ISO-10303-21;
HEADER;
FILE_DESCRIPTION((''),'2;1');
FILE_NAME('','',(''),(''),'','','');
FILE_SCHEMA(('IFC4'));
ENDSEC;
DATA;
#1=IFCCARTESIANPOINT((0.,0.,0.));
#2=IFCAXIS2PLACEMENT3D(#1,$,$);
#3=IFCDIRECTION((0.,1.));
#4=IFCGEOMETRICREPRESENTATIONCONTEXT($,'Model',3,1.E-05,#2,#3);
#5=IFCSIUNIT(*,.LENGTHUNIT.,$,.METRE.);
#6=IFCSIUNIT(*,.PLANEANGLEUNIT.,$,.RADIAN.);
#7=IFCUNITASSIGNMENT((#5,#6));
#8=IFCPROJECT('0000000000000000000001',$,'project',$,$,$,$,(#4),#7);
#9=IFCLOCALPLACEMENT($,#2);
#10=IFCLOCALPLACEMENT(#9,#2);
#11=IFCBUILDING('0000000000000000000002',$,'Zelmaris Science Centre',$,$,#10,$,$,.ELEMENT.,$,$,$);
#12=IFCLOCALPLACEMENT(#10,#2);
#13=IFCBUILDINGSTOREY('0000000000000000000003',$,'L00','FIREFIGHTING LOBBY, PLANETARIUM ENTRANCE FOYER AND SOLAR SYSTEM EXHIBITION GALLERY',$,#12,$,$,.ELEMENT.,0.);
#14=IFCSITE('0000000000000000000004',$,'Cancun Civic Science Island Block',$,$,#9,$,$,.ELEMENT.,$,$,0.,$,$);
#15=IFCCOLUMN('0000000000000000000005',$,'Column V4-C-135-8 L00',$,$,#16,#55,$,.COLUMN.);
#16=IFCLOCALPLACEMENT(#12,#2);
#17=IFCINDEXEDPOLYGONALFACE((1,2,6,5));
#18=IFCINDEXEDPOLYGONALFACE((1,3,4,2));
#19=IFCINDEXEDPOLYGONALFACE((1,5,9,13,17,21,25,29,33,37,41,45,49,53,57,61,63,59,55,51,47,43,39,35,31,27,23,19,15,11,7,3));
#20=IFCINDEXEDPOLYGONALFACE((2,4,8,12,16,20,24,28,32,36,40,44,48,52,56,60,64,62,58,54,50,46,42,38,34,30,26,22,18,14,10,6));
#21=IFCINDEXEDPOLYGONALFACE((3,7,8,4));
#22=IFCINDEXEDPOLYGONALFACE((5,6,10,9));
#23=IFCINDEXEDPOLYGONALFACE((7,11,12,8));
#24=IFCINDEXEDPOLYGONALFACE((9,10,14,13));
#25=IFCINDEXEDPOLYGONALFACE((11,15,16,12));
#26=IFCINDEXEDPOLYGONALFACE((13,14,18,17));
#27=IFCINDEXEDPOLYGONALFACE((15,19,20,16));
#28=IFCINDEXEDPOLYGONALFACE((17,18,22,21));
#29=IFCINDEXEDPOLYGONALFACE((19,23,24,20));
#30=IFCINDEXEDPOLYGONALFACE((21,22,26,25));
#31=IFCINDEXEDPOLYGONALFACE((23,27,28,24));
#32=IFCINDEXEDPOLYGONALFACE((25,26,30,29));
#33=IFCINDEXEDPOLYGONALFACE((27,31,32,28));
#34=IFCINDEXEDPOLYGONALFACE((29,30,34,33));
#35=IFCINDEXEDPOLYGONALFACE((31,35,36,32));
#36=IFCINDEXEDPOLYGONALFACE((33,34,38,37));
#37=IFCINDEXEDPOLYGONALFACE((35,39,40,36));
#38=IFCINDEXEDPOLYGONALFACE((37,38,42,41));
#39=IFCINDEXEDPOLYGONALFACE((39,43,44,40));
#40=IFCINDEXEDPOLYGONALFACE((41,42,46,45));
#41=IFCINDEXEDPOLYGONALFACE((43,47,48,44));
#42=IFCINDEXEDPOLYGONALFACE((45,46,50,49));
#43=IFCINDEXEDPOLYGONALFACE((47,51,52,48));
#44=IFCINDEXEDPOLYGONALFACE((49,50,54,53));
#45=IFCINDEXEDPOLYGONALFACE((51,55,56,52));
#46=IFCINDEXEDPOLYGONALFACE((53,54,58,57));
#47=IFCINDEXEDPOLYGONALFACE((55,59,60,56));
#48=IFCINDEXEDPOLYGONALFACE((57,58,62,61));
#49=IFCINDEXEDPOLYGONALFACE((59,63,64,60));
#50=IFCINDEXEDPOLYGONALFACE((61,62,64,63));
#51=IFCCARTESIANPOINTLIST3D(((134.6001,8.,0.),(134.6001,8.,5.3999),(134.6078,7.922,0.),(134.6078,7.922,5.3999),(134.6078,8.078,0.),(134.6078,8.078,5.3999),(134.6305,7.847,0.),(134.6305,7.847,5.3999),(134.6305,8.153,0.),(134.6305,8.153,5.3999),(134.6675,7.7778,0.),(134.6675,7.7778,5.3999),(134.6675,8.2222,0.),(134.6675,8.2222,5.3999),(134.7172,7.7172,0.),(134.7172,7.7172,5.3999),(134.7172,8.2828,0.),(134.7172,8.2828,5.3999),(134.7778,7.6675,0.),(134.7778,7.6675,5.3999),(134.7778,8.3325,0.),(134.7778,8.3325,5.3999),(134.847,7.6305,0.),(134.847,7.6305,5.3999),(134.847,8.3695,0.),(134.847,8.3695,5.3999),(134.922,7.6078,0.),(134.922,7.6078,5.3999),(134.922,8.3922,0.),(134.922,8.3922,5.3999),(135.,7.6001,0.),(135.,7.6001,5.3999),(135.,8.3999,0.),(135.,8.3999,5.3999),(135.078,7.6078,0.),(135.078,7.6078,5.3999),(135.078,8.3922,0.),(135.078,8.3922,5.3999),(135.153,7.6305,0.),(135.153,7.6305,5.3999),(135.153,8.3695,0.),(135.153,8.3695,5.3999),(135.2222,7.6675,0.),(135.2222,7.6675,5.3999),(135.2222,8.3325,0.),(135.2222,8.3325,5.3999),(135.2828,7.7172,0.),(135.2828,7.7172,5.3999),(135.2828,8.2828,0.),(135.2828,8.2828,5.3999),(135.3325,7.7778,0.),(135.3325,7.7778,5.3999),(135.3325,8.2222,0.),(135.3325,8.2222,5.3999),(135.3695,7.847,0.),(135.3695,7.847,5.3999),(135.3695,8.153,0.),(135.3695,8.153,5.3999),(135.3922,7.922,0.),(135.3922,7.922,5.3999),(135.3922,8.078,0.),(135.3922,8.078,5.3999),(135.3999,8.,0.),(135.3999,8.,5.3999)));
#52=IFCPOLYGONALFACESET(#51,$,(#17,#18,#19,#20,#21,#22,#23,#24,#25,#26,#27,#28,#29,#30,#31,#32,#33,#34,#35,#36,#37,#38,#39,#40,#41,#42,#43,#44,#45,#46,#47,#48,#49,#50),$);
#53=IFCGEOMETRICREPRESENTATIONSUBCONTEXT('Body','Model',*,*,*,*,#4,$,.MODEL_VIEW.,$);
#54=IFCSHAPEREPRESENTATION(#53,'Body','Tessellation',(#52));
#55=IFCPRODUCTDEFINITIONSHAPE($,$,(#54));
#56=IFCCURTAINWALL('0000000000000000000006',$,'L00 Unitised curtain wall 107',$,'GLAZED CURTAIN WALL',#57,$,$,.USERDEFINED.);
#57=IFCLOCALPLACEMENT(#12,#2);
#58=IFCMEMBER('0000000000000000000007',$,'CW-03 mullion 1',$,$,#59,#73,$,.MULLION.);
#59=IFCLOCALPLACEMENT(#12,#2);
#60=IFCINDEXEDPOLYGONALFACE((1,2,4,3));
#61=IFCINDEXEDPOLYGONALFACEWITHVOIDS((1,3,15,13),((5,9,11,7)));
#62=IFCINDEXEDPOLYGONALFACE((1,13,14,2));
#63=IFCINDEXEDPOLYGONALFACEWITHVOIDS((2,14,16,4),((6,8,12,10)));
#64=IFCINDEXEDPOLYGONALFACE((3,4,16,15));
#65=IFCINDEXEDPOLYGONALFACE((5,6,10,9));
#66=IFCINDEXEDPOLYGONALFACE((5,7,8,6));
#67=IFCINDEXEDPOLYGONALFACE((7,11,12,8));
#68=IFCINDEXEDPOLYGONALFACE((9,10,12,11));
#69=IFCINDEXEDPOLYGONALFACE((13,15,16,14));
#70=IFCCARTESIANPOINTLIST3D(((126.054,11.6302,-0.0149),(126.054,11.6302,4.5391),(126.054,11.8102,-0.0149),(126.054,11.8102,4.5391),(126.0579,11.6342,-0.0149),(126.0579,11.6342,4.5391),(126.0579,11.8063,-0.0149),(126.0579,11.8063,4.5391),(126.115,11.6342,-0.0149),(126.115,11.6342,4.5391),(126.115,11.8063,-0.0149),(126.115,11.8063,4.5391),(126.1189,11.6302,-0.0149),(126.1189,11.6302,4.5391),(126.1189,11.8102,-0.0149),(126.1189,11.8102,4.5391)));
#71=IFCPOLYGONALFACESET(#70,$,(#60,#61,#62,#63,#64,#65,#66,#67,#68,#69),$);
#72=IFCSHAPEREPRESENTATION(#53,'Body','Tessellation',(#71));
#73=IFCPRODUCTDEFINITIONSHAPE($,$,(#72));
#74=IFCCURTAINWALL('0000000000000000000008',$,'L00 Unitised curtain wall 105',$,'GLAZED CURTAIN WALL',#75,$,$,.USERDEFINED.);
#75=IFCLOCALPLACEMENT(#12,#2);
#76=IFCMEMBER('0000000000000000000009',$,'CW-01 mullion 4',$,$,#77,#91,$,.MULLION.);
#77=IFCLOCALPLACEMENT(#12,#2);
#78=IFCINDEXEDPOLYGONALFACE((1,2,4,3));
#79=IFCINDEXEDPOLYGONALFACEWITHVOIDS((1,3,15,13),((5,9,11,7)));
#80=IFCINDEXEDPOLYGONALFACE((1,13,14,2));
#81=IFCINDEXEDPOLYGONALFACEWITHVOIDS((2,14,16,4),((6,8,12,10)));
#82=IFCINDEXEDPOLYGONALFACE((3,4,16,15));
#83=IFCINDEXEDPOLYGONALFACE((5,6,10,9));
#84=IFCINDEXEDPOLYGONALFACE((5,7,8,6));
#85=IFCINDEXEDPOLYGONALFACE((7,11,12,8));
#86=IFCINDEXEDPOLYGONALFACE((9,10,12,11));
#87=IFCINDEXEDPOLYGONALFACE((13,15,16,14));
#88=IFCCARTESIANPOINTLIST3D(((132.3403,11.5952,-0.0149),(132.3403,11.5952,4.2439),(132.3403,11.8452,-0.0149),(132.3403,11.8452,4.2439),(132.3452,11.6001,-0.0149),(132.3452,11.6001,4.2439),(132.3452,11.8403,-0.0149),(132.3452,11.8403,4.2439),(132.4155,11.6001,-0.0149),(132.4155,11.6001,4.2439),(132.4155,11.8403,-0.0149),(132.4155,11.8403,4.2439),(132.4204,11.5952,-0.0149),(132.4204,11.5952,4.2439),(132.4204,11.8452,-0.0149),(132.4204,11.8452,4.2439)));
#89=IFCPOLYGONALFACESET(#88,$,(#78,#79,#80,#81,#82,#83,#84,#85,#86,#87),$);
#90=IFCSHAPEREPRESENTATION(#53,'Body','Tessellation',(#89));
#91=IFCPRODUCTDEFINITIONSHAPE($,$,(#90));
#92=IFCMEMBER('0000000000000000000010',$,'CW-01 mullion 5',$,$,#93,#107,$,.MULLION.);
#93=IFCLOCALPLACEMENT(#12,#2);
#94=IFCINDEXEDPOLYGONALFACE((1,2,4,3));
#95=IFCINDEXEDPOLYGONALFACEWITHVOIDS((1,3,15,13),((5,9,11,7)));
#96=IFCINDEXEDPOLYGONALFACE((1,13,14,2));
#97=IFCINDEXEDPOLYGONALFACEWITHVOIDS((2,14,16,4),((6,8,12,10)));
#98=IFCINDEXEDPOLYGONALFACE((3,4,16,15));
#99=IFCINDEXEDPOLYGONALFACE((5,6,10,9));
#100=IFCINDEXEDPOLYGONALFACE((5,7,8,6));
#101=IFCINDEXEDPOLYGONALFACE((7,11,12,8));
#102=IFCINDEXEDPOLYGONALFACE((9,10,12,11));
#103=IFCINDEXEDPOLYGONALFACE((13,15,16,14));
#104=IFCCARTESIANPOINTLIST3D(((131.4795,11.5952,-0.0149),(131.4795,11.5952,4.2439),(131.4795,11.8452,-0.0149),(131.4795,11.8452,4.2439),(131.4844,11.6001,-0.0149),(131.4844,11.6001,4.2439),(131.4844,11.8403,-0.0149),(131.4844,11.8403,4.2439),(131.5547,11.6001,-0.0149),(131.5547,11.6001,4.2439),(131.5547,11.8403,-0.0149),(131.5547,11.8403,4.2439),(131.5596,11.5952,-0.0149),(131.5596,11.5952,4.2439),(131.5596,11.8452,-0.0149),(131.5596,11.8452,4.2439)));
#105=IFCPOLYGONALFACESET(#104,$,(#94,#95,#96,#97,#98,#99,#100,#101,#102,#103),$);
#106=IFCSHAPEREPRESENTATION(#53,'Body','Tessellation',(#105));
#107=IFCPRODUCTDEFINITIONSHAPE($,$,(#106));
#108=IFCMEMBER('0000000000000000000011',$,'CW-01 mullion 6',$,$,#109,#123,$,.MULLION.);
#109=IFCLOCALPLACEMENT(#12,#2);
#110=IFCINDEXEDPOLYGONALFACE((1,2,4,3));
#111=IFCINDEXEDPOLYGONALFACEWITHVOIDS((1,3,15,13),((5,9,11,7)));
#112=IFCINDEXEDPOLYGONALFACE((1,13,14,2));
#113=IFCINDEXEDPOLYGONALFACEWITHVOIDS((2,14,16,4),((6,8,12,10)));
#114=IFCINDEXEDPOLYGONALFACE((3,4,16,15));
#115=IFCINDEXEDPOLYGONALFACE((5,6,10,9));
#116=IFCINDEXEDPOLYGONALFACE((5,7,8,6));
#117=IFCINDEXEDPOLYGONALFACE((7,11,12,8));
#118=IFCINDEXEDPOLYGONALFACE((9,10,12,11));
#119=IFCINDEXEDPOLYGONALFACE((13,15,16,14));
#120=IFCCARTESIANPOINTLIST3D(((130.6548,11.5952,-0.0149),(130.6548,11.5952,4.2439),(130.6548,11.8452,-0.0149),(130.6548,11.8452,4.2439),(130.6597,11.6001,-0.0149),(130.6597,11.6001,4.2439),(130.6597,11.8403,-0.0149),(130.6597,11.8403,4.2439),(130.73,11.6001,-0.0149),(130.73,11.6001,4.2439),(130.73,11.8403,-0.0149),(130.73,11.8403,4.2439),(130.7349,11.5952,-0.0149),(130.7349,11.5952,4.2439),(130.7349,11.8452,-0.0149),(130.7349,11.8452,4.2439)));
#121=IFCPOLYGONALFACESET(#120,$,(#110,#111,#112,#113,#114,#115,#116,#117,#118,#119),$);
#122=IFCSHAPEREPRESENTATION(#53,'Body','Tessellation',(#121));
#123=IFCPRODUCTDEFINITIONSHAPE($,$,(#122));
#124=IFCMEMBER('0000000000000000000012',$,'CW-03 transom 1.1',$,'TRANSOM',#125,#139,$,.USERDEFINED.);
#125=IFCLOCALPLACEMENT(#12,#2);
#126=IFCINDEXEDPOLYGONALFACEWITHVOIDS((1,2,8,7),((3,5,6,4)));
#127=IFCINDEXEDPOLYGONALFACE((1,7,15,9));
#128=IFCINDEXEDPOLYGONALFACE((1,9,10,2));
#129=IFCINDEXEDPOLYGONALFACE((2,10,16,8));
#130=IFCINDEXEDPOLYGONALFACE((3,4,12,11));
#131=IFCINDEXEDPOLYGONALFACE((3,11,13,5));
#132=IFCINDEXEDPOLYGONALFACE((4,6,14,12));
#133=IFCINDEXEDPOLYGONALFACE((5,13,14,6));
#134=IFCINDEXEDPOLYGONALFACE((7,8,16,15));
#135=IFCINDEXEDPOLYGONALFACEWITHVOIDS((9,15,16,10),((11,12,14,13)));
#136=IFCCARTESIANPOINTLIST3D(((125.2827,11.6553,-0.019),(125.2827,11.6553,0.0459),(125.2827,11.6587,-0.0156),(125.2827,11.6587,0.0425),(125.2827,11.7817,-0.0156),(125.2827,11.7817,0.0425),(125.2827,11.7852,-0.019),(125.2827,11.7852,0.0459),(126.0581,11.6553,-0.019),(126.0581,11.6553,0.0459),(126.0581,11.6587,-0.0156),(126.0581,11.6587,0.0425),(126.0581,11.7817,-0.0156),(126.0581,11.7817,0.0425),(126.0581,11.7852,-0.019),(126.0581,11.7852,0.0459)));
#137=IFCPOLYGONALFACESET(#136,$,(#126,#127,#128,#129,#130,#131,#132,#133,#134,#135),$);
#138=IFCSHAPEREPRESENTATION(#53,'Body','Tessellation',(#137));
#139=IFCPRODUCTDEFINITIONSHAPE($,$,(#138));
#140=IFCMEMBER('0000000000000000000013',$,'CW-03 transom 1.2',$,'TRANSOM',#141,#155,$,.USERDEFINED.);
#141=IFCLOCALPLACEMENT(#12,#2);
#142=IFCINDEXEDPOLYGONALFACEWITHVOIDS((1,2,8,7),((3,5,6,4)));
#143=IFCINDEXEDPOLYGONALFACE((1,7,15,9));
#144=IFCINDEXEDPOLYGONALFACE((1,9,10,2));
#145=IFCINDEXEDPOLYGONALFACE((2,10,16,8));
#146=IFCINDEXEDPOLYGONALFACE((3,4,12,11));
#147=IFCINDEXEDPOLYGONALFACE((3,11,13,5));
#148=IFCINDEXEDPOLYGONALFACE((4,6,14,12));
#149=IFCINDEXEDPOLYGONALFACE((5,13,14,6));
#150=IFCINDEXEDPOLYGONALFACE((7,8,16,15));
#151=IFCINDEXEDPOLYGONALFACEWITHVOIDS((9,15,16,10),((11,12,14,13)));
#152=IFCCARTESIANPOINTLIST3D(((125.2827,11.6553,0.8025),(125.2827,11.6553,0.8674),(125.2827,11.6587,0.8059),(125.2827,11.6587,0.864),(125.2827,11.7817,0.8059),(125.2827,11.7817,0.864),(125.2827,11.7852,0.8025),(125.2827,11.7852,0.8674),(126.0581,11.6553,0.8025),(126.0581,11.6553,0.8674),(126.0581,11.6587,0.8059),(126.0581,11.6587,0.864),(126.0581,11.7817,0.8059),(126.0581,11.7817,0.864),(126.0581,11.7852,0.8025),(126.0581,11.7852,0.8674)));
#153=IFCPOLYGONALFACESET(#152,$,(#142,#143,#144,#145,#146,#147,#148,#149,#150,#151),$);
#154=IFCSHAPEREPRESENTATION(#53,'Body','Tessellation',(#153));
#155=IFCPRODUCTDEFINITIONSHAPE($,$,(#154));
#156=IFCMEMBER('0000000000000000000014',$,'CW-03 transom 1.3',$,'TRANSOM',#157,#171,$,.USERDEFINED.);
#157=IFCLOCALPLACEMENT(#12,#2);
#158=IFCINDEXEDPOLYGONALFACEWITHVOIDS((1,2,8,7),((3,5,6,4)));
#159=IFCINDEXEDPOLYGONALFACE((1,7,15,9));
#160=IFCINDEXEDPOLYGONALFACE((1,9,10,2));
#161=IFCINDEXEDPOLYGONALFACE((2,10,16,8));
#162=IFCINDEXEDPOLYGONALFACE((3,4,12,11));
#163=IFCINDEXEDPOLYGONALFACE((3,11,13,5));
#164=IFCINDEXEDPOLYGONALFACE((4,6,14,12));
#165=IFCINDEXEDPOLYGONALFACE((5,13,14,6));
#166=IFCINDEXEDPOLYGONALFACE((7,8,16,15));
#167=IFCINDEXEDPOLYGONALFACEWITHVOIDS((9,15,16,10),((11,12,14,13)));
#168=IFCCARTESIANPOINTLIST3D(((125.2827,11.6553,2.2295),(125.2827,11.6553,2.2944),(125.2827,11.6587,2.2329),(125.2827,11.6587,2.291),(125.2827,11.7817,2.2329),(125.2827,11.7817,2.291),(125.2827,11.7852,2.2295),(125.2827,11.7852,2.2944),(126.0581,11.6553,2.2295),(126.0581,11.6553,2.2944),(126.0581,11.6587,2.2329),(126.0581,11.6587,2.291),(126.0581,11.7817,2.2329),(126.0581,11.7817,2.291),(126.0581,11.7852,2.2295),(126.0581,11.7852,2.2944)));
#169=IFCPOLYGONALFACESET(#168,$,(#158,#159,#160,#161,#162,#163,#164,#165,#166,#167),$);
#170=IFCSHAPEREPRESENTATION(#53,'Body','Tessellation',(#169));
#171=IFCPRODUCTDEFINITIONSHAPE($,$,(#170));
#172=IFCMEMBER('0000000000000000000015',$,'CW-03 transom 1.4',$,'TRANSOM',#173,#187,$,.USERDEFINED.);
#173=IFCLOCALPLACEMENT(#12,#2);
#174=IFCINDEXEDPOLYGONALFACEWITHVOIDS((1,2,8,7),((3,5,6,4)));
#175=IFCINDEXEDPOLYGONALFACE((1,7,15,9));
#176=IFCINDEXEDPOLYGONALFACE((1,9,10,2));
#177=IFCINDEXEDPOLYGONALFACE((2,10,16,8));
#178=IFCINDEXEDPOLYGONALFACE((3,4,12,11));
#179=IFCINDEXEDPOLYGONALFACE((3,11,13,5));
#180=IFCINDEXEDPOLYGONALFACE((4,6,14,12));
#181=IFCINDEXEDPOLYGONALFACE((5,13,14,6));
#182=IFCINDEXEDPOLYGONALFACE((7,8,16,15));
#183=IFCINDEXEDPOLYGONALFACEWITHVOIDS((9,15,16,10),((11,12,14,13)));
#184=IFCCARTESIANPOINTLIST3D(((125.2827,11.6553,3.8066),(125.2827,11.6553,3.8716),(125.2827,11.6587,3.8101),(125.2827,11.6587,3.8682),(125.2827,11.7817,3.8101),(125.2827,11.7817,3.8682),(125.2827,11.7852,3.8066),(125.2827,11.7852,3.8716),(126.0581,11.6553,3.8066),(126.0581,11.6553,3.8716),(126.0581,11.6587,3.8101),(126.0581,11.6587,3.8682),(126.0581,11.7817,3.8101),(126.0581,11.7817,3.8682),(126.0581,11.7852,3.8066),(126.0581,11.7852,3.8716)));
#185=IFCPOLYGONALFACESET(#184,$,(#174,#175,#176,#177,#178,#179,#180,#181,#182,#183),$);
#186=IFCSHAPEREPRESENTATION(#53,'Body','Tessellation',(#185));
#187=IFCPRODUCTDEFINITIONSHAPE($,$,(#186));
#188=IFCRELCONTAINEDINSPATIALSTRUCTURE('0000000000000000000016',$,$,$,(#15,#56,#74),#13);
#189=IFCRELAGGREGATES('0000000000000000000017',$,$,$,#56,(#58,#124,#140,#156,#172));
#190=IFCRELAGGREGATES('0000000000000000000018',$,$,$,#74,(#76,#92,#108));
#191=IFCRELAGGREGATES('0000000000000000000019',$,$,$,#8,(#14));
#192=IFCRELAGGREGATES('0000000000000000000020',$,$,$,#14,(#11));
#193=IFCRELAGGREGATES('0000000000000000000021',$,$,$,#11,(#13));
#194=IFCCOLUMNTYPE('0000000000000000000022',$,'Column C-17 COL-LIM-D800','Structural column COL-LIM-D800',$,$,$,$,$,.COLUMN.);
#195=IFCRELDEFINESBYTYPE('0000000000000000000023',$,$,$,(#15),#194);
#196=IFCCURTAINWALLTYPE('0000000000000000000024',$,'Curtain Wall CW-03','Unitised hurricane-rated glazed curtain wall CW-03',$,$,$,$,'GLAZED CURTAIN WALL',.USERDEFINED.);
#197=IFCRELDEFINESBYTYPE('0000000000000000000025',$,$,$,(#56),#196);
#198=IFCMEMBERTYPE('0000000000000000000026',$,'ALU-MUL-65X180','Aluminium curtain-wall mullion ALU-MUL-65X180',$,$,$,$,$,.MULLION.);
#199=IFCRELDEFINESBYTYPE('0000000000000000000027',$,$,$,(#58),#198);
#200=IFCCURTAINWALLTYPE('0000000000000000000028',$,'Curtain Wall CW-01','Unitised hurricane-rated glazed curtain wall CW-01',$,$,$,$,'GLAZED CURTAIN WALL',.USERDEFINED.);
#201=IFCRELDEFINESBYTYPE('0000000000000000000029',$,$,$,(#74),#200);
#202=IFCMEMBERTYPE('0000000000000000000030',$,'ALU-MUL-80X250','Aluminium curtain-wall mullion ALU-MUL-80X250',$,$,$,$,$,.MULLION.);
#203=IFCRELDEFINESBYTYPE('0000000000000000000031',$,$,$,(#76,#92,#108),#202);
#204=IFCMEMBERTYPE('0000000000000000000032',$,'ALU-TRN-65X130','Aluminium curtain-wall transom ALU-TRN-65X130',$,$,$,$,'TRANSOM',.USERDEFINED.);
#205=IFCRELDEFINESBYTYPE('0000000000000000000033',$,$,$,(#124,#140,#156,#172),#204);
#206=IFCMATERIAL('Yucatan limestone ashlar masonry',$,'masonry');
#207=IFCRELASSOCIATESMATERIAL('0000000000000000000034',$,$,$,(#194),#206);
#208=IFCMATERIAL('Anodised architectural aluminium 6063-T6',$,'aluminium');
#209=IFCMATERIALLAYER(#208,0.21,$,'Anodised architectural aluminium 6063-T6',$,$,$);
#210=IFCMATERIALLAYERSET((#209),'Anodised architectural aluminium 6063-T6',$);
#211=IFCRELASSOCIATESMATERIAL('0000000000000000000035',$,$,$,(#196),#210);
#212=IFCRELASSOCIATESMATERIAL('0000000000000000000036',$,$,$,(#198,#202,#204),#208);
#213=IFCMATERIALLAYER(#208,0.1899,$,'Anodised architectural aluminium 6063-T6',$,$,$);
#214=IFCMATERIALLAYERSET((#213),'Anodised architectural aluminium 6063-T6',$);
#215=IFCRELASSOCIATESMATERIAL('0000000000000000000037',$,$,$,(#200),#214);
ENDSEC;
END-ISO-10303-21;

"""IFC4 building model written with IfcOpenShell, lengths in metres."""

from ifc_helpers import new_model, si_unit, direction, frame, origin, origin_2d, place, context, subcontext, project, spatial, hollow_rectangle, circle, extrude, material, layer, layer_set, material_profile, profile_set, type_object, element, aggregate, save


model = new_model("IFC4")

# Units and contexts
model_context = context("Model", 3, precision=1e-05, world=origin(), true_north=direction((0.0, 1.0)))
body_context = subcontext(model_context, "Body", "Model", "MODEL_VIEW")
ifc_project = project(units=[si_unit("LENGTHUNIT", "METRE"), si_unit("PLANEANGLEUNIT", "RADIAN")], contexts=[model_context])

# Site, building, storey
site_placement = place(None, origin())
site = spatial("IfcSite", under=ifc_project, at=site_placement, Name="Cancun Civic Science Island Block", CompositionType="ELEMENT", RefElevation=0.0)
building_placement = place(site_placement, origin())
building = spatial("IfcBuilding", under=site, at=building_placement, Name="Zelmaris Science Centre", CompositionType="ELEMENT")
storey_placement = place(building_placement, origin())
storey = spatial("IfcBuildingStorey", under=building, at=storey_placement, Name="L00", Description="FIREFIGHTING LOBBY, PLANETARIUM ENTRANCE FOYER AND SOLAR SYSTEM EXHIBITION GALLERY", CompositionType="ELEMENT", Elevation=0.0)

# Column
ifc_material_1 = material(Name="Yucatan limestone ashlar masonry", Category="masonry")
ifc_material_profile_1 = material_profile(ifc_material_1, circle(Radius=0.3999, at=origin_2d()), Name="COL-LIM-D800")
ifc_profile_set_1 = profile_set([ifc_material_profile_1], Name="Yucatan limestone ashlar masonry")
column_type = type_object("IfcColumnType", Name="Column C-17 COL-LIM-D800", Description="Structural column COL-LIM-D800", PredefinedType="COLUMN", material=ifc_profile_set_1)
column_placement = place(storey_placement, frame((135.0, 8.0, 0.0), z_axis=(0.0, 0.0, 1.0), x_axis=(1.0, 0.0, 0.0)))
element("IfcColumn", 1, at=column_placement, inside=storey, type_object=column_type, Name="Column V4-C-135-8 L00", PredefinedType="COLUMN", context=body_context, shape_type="SweptSolid", body=[
    extrude(circle(Radius=0.3999, at=origin_2d()), origin(), (0.0, 0.0, 1.0), 5.3999),
])

# Curtain wall, member
ifc_material_2 = material(Name="Anodised architectural aluminium 6063-T6", Category="aluminium")
ifc_layer_1 = layer(ifc_material_2, 0.21, Name="Anodised architectural aluminium 6063-T6")
ifc_layer_set_1 = layer_set([ifc_layer_1], Name="Anodised architectural aluminium 6063-T6")
curtain_wall_type_1 = type_object("IfcCurtainWallType", Name="Curtain Wall CW-03", Description="Unitised hurricane-rated glazed curtain wall CW-03", ElementType="GLAZED CURTAIN WALL", PredefinedType="USERDEFINED", material=ifc_layer_set_1)
curtain_wall_1_placement = place(storey_placement, origin())
curtain_wall_1 = element("IfcCurtainWall", 2, at=curtain_wall_1_placement, inside=storey, type_object=curtain_wall_type_1, Name="L00 Unitised curtain wall 107", ObjectType="GLAZED CURTAIN WALL", PredefinedType="USERDEFINED")
ifc_material_profile_2 = material_profile(ifc_material_2, hollow_rectangle(XDim=0.0649, YDim=0.1799, WallThickness=0.0039, at=origin_2d()), Name="ALU-MUL-65X180")
ifc_profile_set_2 = profile_set([ifc_material_profile_2], Name="Anodised architectural aluminium 6063-T6")
member_type_1 = type_object("IfcMemberType", Name="ALU-MUL-65X180", Description="Aluminium curtain-wall mullion ALU-MUL-65X180", PredefinedType="MULLION", material=ifc_profile_set_2)
member_1_placement = place(storey_placement, frame((126.0864, 11.7202, -0.0149), z_axis=(0.0, 0.0, 1.0), x_axis=(-1.0, 0.0, 0.0)))
member_1 = element("IfcMember", 3, at=member_1_placement, type_object=member_type_1, Name="CW-03 mullion 1", PredefinedType="MULLION", context=body_context, shape_type="SweptSolid", body=[
    extrude(hollow_rectangle(XDim=0.0649, YDim=0.1799, WallThickness=0.0039, at=origin_2d()), origin(), (0.0, 0.0, 1.0), 4.554),
])

# Curtain wall, members
ifc_layer_2 = layer(ifc_material_2, 0.1899, Name="Anodised architectural aluminium 6063-T6")
ifc_layer_set_2 = layer_set([ifc_layer_2], Name="Anodised architectural aluminium 6063-T6")
curtain_wall_type_2 = type_object("IfcCurtainWallType", Name="Curtain Wall CW-01", Description="Unitised hurricane-rated glazed curtain wall CW-01", ElementType="GLAZED CURTAIN WALL", PredefinedType="USERDEFINED", material=ifc_layer_set_2)
curtain_wall_2_placement = place(storey_placement, origin())
curtain_wall_2 = element("IfcCurtainWall", 4, at=curtain_wall_2_placement, inside=storey, type_object=curtain_wall_type_2, Name="L00 Unitised curtain wall 105", ObjectType="GLAZED CURTAIN WALL", PredefinedType="USERDEFINED")
ifc_material_profile_3 = material_profile(ifc_material_2, hollow_rectangle(XDim=0.0801, YDim=0.25, WallThickness=0.0049, at=origin_2d()), Name="ALU-MUL-80X250")
ifc_profile_set_3 = profile_set([ifc_material_profile_3], Name="Anodised architectural aluminium 6063-T6")
member_type_2 = type_object("IfcMemberType", Name="ALU-MUL-80X250", Description="Aluminium curtain-wall mullion ALU-MUL-80X250", PredefinedType="MULLION", material=ifc_profile_set_3)
member_2_placement = place(storey_placement, frame((132.3804, 11.7202, -0.0149), z_axis=(0.0, 0.0, 1.0), x_axis=(-1.0, 0.0, 0.0)))
member_2 = element("IfcMember", 5, at=member_2_placement, type_object=member_type_2, Name="CW-01 mullion 4", PredefinedType="MULLION", context=body_context, shape_type="SweptSolid", body=[
    extrude(hollow_rectangle(XDim=0.0801, YDim=0.25, WallThickness=0.0049, at=origin_2d()), origin(), (0.0, 0.0, 1.0), 4.2588),
])
member_3_placement = place(storey_placement, frame((131.5195, 11.7202, -0.0149), z_axis=(0.0, 0.0, 1.0), x_axis=(-1.0, 0.0, 0.0)))
member_3 = element("IfcMember", 6, at=member_3_placement, type_object=member_type_2, Name="CW-01 mullion 5", PredefinedType="MULLION", context=body_context, shape_type="SweptSolid", body=[
    extrude(hollow_rectangle(XDim=0.0801, YDim=0.25, WallThickness=0.0049, at=origin_2d()), origin(), (0.0, 0.0, 1.0), 4.2588),
])
member_4_placement = place(storey_placement, frame((130.6948, 11.7202, -0.0149), z_axis=(0.0, 0.0, 1.0), x_axis=(-1.0, 0.0, 0.0)))
member_4 = element("IfcMember", 7, at=member_4_placement, type_object=member_type_2, Name="CW-01 mullion 6", PredefinedType="MULLION", context=body_context, shape_type="SweptSolid", body=[
    extrude(hollow_rectangle(XDim=0.0801, YDim=0.25, WallThickness=0.0049, at=origin_2d()), origin(), (0.0, 0.0, 1.0), 4.2588),
])

# Members
ifc_material_profile_4 = material_profile(ifc_material_2, hollow_rectangle(XDim=0.0649, YDim=0.1299, WallThickness=0.0034, at=origin_2d()), Name="ALU-TRN-65X130")
ifc_profile_set_4 = profile_set([ifc_material_profile_4], Name="Anodised architectural aluminium 6063-T6")
member_type_3 = type_object("IfcMemberType", Name="ALU-TRN-65X130", Description="Aluminium curtain-wall transom ALU-TRN-65X130", ElementType="TRANSOM", PredefinedType="USERDEFINED", material=ifc_profile_set_4)
member_5_placement = place(storey_placement, frame((126.0581, 11.7202, 0.0134), z_axis=(-1.0, 0.0, 0.0), x_axis=(0.0, 0.0, 1.0)))
member_5 = element("IfcMember", 8, at=member_5_placement, type_object=member_type_3, Name="CW-03 transom 1.1", ObjectType="TRANSOM", PredefinedType="USERDEFINED", context=body_context, shape_type="SweptSolid", body=[
    extrude(hollow_rectangle(XDim=0.0649, YDim=0.1299, WallThickness=0.0034, at=origin_2d()), origin(), (0.0, 0.0, 1.0), 0.7754),
])
member_6_placement = place(storey_placement, frame((126.0581, 11.7202, 0.835), z_axis=(-1.0, 0.0, 0.0), x_axis=(0.0, 0.0, 1.0)))
member_6 = element("IfcMember", 9, at=member_6_placement, type_object=member_type_3, Name="CW-03 transom 1.2", ObjectType="TRANSOM", PredefinedType="USERDEFINED", context=body_context, shape_type="SweptSolid", body=[
    extrude(hollow_rectangle(XDim=0.0649, YDim=0.1299, WallThickness=0.0034, at=origin_2d()), origin(), (0.0, 0.0, 1.0), 0.7754),
])
member_7_placement = place(storey_placement, frame((126.0581, 11.7202, 2.262), z_axis=(-1.0, 0.0, 0.0), x_axis=(0.0, 0.0, 1.0)))
member_7 = element("IfcMember", 10, at=member_7_placement, type_object=member_type_3, Name="CW-03 transom 1.3", ObjectType="TRANSOM", PredefinedType="USERDEFINED", context=body_context, shape_type="SweptSolid", body=[
    extrude(hollow_rectangle(XDim=0.0649, YDim=0.1299, WallThickness=0.0034, at=origin_2d()), origin(), (0.0, 0.0, 1.0), 0.7754),
])
member_8_placement = place(storey_placement, frame((126.0581, 11.7202, 3.8391), z_axis=(-1.0, 0.0, 0.0), x_axis=(0.0, 0.0, 1.0)))
member_8 = element("IfcMember", 11, at=member_8_placement, type_object=member_type_3, Name="CW-03 transom 1.4", ObjectType="TRANSOM", PredefinedType="USERDEFINED", context=body_context, shape_type="SweptSolid", body=[
    extrude(hollow_rectangle(XDim=0.0649, YDim=0.1299, WallThickness=0.0034, at=origin_2d()), origin(), (0.0, 0.0, 1.0), 0.7754),
])
aggregate(curtain_wall_1, [member_1, member_5, member_6, member_7, member_8])

aggregate(curtain_wall_2, [member_2, member_3, member_4])

save(model, "model.ifc")
